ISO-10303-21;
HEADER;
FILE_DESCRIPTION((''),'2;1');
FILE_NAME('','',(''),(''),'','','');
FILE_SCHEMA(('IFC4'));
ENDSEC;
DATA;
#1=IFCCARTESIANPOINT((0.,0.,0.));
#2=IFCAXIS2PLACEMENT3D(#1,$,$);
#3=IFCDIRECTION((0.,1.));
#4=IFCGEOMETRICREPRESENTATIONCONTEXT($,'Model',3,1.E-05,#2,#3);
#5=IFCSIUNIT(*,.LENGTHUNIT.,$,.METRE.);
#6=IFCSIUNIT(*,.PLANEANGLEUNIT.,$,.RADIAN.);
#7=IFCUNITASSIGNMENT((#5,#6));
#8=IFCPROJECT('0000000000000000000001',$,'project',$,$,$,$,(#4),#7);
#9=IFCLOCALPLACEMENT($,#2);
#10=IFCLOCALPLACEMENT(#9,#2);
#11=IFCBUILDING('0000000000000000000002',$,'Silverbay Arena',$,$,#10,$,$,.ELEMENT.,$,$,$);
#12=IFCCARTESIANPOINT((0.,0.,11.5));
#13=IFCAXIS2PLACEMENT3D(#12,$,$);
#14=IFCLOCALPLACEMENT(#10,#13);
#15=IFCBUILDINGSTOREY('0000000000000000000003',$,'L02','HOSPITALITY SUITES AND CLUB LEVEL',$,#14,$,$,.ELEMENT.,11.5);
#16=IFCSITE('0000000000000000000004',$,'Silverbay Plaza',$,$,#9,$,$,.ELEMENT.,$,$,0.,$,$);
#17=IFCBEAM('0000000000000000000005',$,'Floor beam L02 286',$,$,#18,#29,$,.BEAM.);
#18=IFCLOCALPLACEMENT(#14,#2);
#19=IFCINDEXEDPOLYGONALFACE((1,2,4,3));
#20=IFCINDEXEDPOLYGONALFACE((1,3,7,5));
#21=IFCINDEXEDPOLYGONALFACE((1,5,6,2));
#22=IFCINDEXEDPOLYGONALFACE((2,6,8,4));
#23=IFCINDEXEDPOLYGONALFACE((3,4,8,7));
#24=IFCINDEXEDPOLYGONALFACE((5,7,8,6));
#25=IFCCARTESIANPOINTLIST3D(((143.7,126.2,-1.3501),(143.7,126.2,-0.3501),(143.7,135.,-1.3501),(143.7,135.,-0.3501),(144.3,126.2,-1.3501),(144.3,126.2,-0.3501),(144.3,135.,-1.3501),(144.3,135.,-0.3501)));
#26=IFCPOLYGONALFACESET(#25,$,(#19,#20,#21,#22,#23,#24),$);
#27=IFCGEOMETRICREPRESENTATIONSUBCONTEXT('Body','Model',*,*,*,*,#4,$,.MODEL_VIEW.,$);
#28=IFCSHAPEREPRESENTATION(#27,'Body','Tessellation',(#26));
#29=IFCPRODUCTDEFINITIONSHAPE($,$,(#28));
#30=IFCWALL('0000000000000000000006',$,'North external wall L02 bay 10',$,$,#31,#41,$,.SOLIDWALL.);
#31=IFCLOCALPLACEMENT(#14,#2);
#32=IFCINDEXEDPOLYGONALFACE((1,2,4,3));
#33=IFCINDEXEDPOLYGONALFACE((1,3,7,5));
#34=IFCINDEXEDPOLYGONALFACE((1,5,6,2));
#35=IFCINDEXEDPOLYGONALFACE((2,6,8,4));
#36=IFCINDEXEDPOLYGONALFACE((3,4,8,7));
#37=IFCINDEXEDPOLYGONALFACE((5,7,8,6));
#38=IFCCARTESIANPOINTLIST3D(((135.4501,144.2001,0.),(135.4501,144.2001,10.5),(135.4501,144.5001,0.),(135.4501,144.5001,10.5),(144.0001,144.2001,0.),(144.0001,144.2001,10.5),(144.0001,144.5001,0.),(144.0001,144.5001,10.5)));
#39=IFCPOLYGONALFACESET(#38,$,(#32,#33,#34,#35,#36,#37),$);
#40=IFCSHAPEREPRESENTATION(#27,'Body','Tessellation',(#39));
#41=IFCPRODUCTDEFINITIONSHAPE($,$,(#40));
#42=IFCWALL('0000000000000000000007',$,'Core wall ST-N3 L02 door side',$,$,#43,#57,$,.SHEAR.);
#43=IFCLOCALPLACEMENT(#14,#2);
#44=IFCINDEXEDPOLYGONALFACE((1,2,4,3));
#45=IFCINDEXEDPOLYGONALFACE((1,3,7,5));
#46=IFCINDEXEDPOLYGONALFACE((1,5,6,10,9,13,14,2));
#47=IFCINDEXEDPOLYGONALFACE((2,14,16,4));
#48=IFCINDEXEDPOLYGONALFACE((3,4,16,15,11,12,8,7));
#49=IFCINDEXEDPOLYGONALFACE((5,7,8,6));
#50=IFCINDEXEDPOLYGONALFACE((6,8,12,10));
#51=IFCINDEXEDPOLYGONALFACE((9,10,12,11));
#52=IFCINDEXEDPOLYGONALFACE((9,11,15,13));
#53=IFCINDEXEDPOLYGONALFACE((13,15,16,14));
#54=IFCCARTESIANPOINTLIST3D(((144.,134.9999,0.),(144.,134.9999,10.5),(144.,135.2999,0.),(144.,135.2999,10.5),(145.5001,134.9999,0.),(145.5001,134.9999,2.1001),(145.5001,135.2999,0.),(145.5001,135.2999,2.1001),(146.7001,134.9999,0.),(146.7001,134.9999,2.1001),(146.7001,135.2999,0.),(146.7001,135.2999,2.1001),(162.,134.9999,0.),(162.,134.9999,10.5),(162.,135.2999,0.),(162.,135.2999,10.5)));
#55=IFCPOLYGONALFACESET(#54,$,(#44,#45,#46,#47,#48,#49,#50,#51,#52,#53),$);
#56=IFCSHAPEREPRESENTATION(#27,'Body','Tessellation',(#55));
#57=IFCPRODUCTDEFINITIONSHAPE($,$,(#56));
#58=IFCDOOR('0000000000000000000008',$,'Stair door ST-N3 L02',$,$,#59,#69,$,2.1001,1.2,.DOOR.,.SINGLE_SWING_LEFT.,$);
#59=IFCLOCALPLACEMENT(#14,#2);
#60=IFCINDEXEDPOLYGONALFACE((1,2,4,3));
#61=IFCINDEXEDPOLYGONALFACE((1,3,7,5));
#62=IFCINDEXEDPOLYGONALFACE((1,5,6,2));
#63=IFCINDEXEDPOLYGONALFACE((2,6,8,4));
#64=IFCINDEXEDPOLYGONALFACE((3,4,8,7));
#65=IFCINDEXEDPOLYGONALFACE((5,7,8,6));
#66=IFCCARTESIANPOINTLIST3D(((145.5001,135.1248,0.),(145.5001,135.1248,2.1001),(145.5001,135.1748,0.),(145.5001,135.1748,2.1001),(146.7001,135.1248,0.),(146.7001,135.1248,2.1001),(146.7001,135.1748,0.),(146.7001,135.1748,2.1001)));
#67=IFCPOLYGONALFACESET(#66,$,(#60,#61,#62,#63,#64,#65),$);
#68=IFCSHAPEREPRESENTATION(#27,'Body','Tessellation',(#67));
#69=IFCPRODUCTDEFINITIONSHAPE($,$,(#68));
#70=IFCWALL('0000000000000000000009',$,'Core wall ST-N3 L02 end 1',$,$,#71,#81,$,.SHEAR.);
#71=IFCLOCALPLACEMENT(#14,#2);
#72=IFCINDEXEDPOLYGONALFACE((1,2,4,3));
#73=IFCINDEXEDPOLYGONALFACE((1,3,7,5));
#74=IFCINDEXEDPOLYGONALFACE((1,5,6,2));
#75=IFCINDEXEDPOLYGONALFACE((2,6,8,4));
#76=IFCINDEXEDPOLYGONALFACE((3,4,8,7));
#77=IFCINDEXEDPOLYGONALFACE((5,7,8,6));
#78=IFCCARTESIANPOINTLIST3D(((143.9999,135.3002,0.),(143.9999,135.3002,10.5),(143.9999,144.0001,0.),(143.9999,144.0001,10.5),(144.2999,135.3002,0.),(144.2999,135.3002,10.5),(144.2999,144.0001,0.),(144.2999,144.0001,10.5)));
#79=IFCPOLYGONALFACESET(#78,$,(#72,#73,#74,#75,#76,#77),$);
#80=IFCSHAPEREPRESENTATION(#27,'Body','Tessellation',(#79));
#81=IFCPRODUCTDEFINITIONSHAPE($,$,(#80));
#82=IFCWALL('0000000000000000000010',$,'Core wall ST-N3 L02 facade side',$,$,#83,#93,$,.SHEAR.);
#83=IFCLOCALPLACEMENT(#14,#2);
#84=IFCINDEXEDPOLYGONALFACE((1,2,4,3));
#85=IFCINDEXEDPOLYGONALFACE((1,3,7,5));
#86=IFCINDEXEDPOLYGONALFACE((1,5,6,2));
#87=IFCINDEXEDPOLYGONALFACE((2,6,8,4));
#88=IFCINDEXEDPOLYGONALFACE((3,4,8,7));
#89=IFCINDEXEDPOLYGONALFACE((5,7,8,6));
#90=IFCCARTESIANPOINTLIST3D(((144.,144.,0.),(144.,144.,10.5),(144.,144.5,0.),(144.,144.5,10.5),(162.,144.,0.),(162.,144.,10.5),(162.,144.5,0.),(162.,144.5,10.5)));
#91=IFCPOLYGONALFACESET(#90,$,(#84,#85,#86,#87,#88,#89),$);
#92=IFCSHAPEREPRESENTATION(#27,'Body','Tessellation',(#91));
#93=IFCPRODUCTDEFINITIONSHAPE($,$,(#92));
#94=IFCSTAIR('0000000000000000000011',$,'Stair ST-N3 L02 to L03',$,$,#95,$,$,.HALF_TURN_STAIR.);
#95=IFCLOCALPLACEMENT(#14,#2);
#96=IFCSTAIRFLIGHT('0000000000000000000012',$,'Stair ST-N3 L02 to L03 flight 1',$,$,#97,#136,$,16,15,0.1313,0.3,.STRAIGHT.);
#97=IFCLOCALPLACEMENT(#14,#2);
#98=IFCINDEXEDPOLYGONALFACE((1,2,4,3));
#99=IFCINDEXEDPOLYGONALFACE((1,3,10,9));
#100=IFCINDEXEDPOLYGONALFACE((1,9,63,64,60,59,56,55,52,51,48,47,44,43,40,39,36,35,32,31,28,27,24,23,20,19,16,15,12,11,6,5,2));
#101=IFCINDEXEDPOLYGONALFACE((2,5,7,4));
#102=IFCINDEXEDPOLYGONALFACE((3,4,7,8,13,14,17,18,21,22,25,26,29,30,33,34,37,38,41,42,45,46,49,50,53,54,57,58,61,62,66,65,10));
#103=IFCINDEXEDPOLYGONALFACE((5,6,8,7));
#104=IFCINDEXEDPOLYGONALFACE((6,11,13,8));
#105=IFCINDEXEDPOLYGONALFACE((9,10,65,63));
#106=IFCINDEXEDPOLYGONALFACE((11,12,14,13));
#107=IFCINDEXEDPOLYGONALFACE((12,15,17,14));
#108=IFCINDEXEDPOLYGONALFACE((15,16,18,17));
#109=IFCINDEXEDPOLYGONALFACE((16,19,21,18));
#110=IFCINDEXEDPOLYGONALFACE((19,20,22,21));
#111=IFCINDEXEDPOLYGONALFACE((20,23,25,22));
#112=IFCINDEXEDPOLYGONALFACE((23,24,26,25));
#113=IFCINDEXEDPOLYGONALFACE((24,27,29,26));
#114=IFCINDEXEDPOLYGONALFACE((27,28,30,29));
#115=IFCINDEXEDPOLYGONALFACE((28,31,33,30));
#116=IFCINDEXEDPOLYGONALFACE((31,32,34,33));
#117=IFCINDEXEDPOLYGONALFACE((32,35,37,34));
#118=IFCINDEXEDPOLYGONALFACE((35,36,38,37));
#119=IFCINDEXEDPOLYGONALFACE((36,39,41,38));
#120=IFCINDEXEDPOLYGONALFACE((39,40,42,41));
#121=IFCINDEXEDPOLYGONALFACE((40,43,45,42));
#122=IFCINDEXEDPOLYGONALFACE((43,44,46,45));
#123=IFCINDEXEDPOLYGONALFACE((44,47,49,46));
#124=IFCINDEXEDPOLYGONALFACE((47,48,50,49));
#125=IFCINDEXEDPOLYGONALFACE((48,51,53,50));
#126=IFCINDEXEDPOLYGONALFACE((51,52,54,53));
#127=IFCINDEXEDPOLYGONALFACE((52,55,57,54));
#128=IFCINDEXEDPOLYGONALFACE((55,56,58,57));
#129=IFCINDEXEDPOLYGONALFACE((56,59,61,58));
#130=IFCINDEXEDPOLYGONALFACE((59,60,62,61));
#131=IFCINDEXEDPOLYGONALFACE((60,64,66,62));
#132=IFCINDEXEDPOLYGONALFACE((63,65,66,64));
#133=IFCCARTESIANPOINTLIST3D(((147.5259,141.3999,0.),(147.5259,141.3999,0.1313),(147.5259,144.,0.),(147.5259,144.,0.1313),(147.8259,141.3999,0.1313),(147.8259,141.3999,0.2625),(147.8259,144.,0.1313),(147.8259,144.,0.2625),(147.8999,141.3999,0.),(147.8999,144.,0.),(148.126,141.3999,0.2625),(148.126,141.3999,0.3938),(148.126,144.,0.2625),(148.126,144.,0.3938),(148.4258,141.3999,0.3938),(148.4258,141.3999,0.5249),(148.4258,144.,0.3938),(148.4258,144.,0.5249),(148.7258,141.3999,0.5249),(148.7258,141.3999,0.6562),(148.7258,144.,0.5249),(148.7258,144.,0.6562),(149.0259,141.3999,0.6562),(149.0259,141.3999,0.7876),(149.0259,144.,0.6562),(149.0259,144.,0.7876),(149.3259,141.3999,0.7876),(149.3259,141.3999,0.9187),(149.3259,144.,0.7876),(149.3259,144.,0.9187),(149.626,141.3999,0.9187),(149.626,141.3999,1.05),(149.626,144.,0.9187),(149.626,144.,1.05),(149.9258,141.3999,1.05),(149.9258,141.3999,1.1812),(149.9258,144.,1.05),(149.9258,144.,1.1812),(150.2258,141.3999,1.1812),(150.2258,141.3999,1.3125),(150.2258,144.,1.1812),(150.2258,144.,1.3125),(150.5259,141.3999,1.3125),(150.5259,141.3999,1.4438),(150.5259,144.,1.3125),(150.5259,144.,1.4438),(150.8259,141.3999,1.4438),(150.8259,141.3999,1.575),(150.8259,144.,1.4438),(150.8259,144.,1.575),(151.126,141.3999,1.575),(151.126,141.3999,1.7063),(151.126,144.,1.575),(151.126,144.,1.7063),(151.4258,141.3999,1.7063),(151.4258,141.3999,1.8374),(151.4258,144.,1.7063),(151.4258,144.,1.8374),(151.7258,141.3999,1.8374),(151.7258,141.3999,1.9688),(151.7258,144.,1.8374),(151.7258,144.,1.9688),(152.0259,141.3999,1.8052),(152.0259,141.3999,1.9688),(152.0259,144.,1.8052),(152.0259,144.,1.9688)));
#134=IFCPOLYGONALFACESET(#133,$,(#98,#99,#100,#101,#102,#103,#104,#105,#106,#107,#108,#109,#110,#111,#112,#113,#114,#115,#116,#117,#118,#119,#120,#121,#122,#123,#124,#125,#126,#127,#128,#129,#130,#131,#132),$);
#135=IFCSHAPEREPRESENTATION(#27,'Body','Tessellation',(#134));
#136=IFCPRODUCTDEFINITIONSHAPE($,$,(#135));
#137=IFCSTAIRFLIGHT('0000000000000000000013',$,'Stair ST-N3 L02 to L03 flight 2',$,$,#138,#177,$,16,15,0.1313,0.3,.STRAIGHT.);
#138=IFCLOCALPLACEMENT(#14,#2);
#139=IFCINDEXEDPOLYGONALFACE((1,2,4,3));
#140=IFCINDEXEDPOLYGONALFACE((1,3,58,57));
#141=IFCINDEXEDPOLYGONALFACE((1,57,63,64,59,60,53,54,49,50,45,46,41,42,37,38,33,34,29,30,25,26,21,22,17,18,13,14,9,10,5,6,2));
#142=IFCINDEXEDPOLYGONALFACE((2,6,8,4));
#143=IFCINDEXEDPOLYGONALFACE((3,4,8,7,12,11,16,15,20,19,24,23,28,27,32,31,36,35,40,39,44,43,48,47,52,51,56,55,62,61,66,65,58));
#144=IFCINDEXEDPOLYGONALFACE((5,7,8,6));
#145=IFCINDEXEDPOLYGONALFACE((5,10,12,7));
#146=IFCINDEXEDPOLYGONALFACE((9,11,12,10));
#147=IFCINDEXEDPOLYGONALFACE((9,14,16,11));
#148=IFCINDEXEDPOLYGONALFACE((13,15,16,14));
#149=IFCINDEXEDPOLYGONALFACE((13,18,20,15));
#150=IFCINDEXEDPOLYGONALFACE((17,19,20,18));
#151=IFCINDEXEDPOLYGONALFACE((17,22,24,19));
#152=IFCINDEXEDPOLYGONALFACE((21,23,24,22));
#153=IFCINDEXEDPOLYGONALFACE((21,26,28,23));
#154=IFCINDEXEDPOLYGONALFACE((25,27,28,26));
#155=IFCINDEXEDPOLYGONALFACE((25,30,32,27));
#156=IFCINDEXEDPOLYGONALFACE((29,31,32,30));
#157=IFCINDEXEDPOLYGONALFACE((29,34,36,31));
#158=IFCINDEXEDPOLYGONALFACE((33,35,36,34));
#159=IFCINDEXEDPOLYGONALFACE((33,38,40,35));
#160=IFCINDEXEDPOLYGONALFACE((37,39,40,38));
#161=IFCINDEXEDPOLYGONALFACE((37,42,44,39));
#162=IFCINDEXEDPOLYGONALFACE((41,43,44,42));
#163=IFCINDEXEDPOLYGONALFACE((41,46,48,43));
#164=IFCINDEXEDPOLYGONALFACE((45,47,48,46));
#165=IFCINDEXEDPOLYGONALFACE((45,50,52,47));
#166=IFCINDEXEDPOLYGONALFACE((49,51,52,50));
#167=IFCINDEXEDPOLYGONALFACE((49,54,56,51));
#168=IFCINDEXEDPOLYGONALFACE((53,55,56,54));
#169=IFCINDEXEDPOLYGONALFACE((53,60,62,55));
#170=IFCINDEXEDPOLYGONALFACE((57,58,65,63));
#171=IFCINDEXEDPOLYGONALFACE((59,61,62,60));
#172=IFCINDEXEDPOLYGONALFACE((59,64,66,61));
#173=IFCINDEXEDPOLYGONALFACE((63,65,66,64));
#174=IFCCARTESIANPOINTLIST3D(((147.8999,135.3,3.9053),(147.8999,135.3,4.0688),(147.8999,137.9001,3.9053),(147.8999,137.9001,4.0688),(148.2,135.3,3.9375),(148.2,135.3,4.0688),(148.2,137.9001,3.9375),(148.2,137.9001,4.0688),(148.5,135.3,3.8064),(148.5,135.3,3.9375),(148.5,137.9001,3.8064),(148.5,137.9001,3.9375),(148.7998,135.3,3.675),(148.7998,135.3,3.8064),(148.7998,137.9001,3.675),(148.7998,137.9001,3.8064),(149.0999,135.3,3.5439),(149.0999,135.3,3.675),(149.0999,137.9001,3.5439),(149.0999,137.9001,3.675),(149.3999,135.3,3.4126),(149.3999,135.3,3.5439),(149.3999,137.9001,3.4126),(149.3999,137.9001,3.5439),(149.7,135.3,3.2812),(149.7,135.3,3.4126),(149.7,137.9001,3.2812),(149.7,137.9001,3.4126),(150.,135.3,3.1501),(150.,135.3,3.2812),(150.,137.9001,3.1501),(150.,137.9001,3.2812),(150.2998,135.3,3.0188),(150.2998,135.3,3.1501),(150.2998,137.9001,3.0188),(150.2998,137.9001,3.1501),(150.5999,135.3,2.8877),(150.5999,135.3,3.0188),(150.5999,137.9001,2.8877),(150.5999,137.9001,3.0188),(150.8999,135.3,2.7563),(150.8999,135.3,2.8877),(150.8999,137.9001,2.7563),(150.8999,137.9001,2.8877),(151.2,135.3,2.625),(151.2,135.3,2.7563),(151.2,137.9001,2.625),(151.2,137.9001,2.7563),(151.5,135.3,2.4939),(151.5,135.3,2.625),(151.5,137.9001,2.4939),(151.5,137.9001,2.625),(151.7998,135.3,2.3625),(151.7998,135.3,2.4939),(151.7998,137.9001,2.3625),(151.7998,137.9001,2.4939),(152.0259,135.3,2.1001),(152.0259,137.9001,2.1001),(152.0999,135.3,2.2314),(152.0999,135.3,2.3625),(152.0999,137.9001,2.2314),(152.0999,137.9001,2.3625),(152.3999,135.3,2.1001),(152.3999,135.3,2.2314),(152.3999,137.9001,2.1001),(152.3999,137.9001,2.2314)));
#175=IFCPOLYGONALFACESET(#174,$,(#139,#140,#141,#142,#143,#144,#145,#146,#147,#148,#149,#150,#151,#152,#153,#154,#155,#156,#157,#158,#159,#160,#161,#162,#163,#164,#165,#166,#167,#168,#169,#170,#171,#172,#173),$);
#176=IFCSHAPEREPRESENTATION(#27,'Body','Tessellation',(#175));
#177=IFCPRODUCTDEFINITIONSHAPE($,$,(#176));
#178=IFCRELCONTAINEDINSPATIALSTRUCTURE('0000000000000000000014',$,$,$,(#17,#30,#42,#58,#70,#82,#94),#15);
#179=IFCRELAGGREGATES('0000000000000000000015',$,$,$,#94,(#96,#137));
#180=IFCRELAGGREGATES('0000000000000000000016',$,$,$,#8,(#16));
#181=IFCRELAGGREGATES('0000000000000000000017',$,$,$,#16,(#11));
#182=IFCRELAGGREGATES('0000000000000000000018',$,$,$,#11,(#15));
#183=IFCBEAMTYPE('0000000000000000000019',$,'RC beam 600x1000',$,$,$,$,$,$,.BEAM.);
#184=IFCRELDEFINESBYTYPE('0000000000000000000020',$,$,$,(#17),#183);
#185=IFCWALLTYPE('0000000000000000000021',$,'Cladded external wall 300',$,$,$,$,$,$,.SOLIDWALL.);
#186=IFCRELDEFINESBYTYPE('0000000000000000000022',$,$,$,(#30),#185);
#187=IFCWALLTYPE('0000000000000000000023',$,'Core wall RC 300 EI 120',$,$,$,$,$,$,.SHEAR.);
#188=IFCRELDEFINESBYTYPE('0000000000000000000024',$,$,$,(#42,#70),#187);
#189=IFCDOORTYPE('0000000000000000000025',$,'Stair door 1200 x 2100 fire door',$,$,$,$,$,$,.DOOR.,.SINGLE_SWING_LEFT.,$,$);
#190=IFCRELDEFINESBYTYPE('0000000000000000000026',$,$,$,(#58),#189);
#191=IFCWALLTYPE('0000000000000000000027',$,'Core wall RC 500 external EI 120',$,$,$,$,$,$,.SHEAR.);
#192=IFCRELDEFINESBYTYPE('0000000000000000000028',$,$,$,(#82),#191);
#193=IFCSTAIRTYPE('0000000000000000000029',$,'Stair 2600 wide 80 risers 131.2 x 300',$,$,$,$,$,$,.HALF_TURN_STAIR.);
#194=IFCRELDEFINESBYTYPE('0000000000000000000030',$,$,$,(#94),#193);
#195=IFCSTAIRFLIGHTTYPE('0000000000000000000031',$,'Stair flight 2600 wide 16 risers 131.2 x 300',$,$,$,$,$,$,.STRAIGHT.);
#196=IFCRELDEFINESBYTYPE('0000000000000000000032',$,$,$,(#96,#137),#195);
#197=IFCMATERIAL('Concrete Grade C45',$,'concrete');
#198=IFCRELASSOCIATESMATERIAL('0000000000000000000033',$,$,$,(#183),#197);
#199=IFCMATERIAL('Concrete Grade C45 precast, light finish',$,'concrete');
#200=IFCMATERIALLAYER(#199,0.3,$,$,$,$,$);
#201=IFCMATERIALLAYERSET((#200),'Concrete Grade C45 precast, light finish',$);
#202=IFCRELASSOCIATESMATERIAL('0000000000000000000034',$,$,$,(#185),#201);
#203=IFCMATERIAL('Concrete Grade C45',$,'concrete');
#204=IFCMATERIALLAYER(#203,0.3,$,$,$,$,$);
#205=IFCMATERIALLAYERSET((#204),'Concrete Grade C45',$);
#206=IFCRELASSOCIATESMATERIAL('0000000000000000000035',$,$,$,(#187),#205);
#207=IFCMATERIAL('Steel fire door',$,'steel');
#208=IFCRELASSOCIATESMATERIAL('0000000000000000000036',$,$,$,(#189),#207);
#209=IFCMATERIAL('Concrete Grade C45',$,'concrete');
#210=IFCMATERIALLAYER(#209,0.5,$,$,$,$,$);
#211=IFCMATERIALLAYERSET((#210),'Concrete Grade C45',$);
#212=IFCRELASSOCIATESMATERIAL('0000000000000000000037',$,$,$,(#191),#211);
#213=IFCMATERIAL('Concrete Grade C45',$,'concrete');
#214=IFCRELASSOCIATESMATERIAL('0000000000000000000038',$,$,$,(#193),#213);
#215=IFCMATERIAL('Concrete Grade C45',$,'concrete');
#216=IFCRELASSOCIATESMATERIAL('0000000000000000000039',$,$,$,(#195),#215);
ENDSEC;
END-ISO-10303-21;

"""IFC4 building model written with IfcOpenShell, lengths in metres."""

from ifc_helpers import new_model, si_unit, direction, frame, frame_2d, origin, origin_2d, place, context, subcontext, project, spatial, polyline, rectangle, outline, extrude, material, layer, layer_set, material_profile, profile_set, type_object, element, fill, aggregate, save


model = new_model("IFC4")

# Units and contexts
model_context = context("Model", 3, precision=1e-05, world=origin(), true_north=direction((0.0, 1.0)))
body_context = subcontext(model_context, "Body", "Model", "MODEL_VIEW")
ifc_project = project(units=[si_unit("LENGTHUNIT", "METRE"), si_unit("PLANEANGLEUNIT", "RADIAN")], contexts=[model_context])

# Site, building, storey
site_placement = place(None, origin())
site = spatial("IfcSite", under=ifc_project, at=site_placement, Name="Silverbay Plaza", CompositionType="ELEMENT", RefElevation=0.0)
building_placement = place(site_placement, origin())
building = spatial("IfcBuilding", under=site, at=building_placement, Name="Silverbay Arena", CompositionType="ELEMENT")
storey_placement = place(building_placement, frame((0.0, 0.0, 11.5)))
storey = spatial("IfcBuildingStorey", under=building, at=storey_placement, Name="L02", Description="HOSPITALITY SUITES AND CLUB LEVEL", CompositionType="ELEMENT", Elevation=11.5)

# Beam
ifc_material_1 = material(Name="Concrete Grade C45", Category="concrete")
ifc_material_profile = material_profile(ifc_material_1, rectangle(XDim=0.6001, YDim=1.0, at=origin_2d()), Name="RC 600x1000")
ifc_profile_set = profile_set([ifc_material_profile], Name="Concrete Grade C45")
beam_type = type_object("IfcBeamType", Name="RC beam 600x1000", PredefinedType="BEAM", material=ifc_profile_set)
beam_placement = place(storey_placement, frame((144.0, 126.2, -0.8501), z_axis=(0.0, 1.0, 0.0), x_axis=(-1.0, 0.0, 0.0)))
element("IfcBeam", 1, at=beam_placement, inside=storey, type_object=beam_type, Name="Floor beam L02 286", PredefinedType="BEAM", context=body_context, shape_type="SweptSolid", body=[
    extrude(rectangle(XDim=0.6001, YDim=1.0, at=origin_2d()), origin(), (0.0, 0.0, 1.0), 8.8),
])

# Wall
ifc_material_2 = material(Name="Concrete Grade C45 precast, light finish", Category="concrete")
ifc_layer_1 = layer(ifc_material_2, 0.3)
ifc_layer_set_1 = layer_set([ifc_layer_1], Name="Concrete Grade C45 precast, light finish")
wall_type_1 = type_object("IfcWallType", Name="Cladded external wall 300", PredefinedType="SOLIDWALL", material=ifc_layer_set_1)
wall_1_placement = place(storey_placement, frame((144.0, 144.3501, 0.0), z_axis=(0.0, 0.0, 1.0), x_axis=(-1.0, 0.0, 0.0)))
element("IfcWall", 2, at=wall_1_placement, inside=storey, type_object=wall_type_1, Name="North external wall L02 bay 10", PredefinedType="SOLIDWALL", context=body_context, shape_type="SweptSolid", body=[
    extrude(rectangle(XDim=8.55, YDim=0.3, at=frame_2d((4.2749, 0.0))), origin(), (0.0, 0.0, 1.0), 10.5),
])

# Wall, opening, door
ifc_material_3 = material(Name="Concrete Grade C45", Category="concrete")
ifc_layer_2 = layer(ifc_material_3, 0.3)
ifc_layer_set_2 = layer_set([ifc_layer_2], Name="Concrete Grade C45")
wall_type_2 = type_object("IfcWallType", Name="Core wall RC 300 EI 120", PredefinedType="SHEAR", material=ifc_layer_set_2)
wall_2_placement = place(storey_placement, frame((144.0, 135.1499, 0.0), z_axis=(0.0, 0.0, 1.0), x_axis=(1.0, 0.0, 0.0)))
wall_2 = element("IfcWall", 3, at=wall_2_placement, inside=storey, type_object=wall_type_2, Name="Core wall ST-N3 L02 door side", PredefinedType="SHEAR", context=body_context, shape_type="SweptSolid", body=[
    extrude(rectangle(XDim=18.0, YDim=0.3, at=frame_2d((9.0, 0.0))), origin(), (0.0, 0.0, 1.0), 10.5),
])
opening_placement = place(wall_2_placement, frame((1.5, 0.0, 0.0)))
opening = element("IfcOpeningElement", 4, at=opening_placement, cuts=wall_2, PredefinedType="OPENING", context=body_context, shape_type="SweptSolid", body=[
    extrude(rectangle(XDim=1.2, YDim=2.1001, at=frame_2d((0.6001, 1.05))), frame((0.0, 0.1602, 0.0), z_axis=(0.0, -1.0, 0.0), x_axis=(1.0, 0.0, 0.0)), (0.0, 0.0, 1.0), 0.3201),
])
ifc_material_4 = material(Name="Steel fire door", Category="steel")
door_type = type_object("IfcDoorType", Name="Stair door 1200 x 2100 fire door", OperationType="SINGLE_SWING_LEFT", PredefinedType="DOOR", material=ifc_material_4)
door_placement = place(opening_placement, origin())
door = element("IfcDoor", 5, at=door_placement, inside=storey, type_object=door_type, Name="Stair door ST-N3 L02", OperationType="SINGLE_SWING_LEFT", OverallHeight=2.1001, OverallWidth=1.2, PredefinedType="DOOR", context=body_context, shape_type="SweptSolid", body=[
    extrude(rectangle(XDim=1.2, YDim=2.1001, at=frame_2d((0.6001, 1.05))), frame((0.0, 0.0249, 0.0), z_axis=(0.0, -1.0, 0.0), x_axis=(1.0, 0.0, 0.0)), (0.0, 0.0, 1.0), 0.05),
])
fill(opening, door)

# Walls
wall_3_placement = place(storey_placement, frame((144.1499, 135.3, 0.0), z_axis=(0.0, 0.0, 1.0), x_axis=(0.0, 1.0, 0.0)))
element("IfcWall", 6, at=wall_3_placement, inside=storey, type_object=wall_type_2, Name="Core wall ST-N3 L02 end 1", PredefinedType="SHEAR", context=body_context, shape_type="SweptSolid", body=[
    extrude(rectangle(XDim=8.7, YDim=0.3, at=frame_2d((4.3501, 0.0))), origin(), (0.0, 0.0, 1.0), 10.5),
])
ifc_material_5 = material(Name="Concrete Grade C45", Category="concrete")
ifc_layer_3 = layer(ifc_material_5, 0.5)
ifc_layer_set_3 = layer_set([ifc_layer_3], Name="Concrete Grade C45")
wall_type_3 = type_object("IfcWallType", Name="Core wall RC 500 external EI 120", PredefinedType="SHEAR", material=ifc_layer_set_3)
wall_4_placement = place(storey_placement, frame((144.0, 144.25, 0.0), z_axis=(0.0, 0.0, 1.0), x_axis=(1.0, 0.0, 0.0)))
element("IfcWall", 7, at=wall_4_placement, inside=storey, type_object=wall_type_3, Name="Core wall ST-N3 L02 facade side", PredefinedType="SHEAR", context=body_context, shape_type="SweptSolid", body=[
    extrude(rectangle(XDim=18.0, YDim=0.5, at=frame_2d((9.0, 0.0))), origin(), (0.0, 0.0, 1.0), 10.5),
])

# Stair, stair flights
ifc_material_6 = material(Name="Concrete Grade C45", Category="concrete")
stair_type = type_object("IfcStairType", Name="Stair 2600 wide 80 risers 131.2 x 300", PredefinedType="HALF_TURN_STAIR", material=ifc_material_6)
stair_placement = place(storey_placement, origin())
stair = element("IfcStair", 8, at=stair_placement, inside=storey, type_object=stair_type, Name="Stair ST-N3 L02 to L03", PredefinedType="HALF_TURN_STAIR")
ifc_material_7 = material(Name="Concrete Grade C45", Category="concrete")
stair_flight_type = type_object("IfcStairFlightType", Name="Stair flight 2600 wide 16 risers 131.2 x 300", PredefinedType="STRAIGHT", material=ifc_material_7)
stair_flight_1_placement = place(storey_placement, frame((147.5259, 142.7, 0.0), z_axis=(0.0, 0.0, 1.0), x_axis=(1.0, 0.0, 0.0)))
stair_flight_1 = element("IfcStairFlight", 9, at=stair_flight_1_placement, type_object=stair_flight_type, Name="Stair ST-N3 L02 to L03 flight 1", NumberOfRisers=16, NumberOfTreads=15, PredefinedType="STRAIGHT", RiserHeight=0.1313, TreadLength=0.3, context=body_context, shape_type="SweptSolid", body=[
    extrude(outline(polyline([(0.0, 0.0), (0.0, 0.1313), (0.3, 0.1313), (0.3, 0.2625), (0.6001, 0.2625), (0.6001, 0.3938), (0.8999, 0.3938), (0.8999, 0.5249), (1.2, 0.5249), (1.2, 0.6562), (1.5, 0.6562), (1.5, 0.7876), (1.8, 0.7876), (1.8, 0.9187), (2.1001, 0.9187), (2.1001, 1.05), (2.3999, 1.05), (2.3999, 1.1812), (2.7, 1.1812), (2.7, 1.3125), (3.0, 1.3125), (3.0, 1.4438), (3.3, 1.4438), (3.3, 1.575), (3.6001, 1.575), (3.6001, 1.7063), (3.8999, 1.7063), (3.8999, 1.8374), (4.2, 1.8374), (4.2, 1.9688), (4.5, 1.9688), (4.5, 1.8052), (0.374, 0.0), (0.0, 0.0)])), frame((0.0, 1.3, 0.0), z_axis=(0.0, -1.0, 0.0), x_axis=(1.0, 0.0, 0.0)), (0.0, 0.0, 1.0), 2.6001),
])
stair_flight_2_placement = place(storey_placement, frame((152.3999, 136.6001, 2.1001), z_axis=(0.0, 0.0, 1.0), x_axis=(-1.0, 0.0, 0.0)))
stair_flight_2 = element("IfcStairFlight", 10, at=stair_flight_2_placement, type_object=stair_flight_type, Name="Stair ST-N3 L02 to L03 flight 2", NumberOfRisers=16, NumberOfTreads=15, PredefinedType="STRAIGHT", RiserHeight=0.1313, TreadLength=0.3, context=body_context, shape_type="SweptSolid", body=[
    extrude(outline(polyline([(0.0, 0.0), (0.0, 0.1313), (0.3, 0.1313), (0.3, 0.2625), (0.6001, 0.2625), (0.6001, 0.3938), (0.8999, 0.3938), (0.8999, 0.5249), (1.2, 0.5249), (1.2, 0.6562), (1.5, 0.6562), (1.5, 0.7876), (1.8, 0.7876), (1.8, 0.9187), (2.1001, 0.9187), (2.1001, 1.05), (2.3999, 1.05), (2.3999, 1.1812), (2.7, 1.1812), (2.7, 1.3125), (3.0, 1.3125), (3.0, 1.4438), (3.3, 1.4438), (3.3, 1.575), (3.6001, 1.575), (3.6001, 1.7063), (3.8999, 1.7063), (3.8999, 1.8374), (4.2, 1.8374), (4.2, 1.9688), (4.5, 1.9688), (4.5, 1.8052), (0.374, 0.0), (0.0, 0.0)])), frame((0.0, 1.3, 0.0), z_axis=(0.0, -1.0, 0.0), x_axis=(1.0, 0.0, 0.0)), (0.0, 0.0, 1.0), 2.6001),
])
aggregate(stair, [stair_flight_1, stair_flight_2])

save(model, "model.ifc")
